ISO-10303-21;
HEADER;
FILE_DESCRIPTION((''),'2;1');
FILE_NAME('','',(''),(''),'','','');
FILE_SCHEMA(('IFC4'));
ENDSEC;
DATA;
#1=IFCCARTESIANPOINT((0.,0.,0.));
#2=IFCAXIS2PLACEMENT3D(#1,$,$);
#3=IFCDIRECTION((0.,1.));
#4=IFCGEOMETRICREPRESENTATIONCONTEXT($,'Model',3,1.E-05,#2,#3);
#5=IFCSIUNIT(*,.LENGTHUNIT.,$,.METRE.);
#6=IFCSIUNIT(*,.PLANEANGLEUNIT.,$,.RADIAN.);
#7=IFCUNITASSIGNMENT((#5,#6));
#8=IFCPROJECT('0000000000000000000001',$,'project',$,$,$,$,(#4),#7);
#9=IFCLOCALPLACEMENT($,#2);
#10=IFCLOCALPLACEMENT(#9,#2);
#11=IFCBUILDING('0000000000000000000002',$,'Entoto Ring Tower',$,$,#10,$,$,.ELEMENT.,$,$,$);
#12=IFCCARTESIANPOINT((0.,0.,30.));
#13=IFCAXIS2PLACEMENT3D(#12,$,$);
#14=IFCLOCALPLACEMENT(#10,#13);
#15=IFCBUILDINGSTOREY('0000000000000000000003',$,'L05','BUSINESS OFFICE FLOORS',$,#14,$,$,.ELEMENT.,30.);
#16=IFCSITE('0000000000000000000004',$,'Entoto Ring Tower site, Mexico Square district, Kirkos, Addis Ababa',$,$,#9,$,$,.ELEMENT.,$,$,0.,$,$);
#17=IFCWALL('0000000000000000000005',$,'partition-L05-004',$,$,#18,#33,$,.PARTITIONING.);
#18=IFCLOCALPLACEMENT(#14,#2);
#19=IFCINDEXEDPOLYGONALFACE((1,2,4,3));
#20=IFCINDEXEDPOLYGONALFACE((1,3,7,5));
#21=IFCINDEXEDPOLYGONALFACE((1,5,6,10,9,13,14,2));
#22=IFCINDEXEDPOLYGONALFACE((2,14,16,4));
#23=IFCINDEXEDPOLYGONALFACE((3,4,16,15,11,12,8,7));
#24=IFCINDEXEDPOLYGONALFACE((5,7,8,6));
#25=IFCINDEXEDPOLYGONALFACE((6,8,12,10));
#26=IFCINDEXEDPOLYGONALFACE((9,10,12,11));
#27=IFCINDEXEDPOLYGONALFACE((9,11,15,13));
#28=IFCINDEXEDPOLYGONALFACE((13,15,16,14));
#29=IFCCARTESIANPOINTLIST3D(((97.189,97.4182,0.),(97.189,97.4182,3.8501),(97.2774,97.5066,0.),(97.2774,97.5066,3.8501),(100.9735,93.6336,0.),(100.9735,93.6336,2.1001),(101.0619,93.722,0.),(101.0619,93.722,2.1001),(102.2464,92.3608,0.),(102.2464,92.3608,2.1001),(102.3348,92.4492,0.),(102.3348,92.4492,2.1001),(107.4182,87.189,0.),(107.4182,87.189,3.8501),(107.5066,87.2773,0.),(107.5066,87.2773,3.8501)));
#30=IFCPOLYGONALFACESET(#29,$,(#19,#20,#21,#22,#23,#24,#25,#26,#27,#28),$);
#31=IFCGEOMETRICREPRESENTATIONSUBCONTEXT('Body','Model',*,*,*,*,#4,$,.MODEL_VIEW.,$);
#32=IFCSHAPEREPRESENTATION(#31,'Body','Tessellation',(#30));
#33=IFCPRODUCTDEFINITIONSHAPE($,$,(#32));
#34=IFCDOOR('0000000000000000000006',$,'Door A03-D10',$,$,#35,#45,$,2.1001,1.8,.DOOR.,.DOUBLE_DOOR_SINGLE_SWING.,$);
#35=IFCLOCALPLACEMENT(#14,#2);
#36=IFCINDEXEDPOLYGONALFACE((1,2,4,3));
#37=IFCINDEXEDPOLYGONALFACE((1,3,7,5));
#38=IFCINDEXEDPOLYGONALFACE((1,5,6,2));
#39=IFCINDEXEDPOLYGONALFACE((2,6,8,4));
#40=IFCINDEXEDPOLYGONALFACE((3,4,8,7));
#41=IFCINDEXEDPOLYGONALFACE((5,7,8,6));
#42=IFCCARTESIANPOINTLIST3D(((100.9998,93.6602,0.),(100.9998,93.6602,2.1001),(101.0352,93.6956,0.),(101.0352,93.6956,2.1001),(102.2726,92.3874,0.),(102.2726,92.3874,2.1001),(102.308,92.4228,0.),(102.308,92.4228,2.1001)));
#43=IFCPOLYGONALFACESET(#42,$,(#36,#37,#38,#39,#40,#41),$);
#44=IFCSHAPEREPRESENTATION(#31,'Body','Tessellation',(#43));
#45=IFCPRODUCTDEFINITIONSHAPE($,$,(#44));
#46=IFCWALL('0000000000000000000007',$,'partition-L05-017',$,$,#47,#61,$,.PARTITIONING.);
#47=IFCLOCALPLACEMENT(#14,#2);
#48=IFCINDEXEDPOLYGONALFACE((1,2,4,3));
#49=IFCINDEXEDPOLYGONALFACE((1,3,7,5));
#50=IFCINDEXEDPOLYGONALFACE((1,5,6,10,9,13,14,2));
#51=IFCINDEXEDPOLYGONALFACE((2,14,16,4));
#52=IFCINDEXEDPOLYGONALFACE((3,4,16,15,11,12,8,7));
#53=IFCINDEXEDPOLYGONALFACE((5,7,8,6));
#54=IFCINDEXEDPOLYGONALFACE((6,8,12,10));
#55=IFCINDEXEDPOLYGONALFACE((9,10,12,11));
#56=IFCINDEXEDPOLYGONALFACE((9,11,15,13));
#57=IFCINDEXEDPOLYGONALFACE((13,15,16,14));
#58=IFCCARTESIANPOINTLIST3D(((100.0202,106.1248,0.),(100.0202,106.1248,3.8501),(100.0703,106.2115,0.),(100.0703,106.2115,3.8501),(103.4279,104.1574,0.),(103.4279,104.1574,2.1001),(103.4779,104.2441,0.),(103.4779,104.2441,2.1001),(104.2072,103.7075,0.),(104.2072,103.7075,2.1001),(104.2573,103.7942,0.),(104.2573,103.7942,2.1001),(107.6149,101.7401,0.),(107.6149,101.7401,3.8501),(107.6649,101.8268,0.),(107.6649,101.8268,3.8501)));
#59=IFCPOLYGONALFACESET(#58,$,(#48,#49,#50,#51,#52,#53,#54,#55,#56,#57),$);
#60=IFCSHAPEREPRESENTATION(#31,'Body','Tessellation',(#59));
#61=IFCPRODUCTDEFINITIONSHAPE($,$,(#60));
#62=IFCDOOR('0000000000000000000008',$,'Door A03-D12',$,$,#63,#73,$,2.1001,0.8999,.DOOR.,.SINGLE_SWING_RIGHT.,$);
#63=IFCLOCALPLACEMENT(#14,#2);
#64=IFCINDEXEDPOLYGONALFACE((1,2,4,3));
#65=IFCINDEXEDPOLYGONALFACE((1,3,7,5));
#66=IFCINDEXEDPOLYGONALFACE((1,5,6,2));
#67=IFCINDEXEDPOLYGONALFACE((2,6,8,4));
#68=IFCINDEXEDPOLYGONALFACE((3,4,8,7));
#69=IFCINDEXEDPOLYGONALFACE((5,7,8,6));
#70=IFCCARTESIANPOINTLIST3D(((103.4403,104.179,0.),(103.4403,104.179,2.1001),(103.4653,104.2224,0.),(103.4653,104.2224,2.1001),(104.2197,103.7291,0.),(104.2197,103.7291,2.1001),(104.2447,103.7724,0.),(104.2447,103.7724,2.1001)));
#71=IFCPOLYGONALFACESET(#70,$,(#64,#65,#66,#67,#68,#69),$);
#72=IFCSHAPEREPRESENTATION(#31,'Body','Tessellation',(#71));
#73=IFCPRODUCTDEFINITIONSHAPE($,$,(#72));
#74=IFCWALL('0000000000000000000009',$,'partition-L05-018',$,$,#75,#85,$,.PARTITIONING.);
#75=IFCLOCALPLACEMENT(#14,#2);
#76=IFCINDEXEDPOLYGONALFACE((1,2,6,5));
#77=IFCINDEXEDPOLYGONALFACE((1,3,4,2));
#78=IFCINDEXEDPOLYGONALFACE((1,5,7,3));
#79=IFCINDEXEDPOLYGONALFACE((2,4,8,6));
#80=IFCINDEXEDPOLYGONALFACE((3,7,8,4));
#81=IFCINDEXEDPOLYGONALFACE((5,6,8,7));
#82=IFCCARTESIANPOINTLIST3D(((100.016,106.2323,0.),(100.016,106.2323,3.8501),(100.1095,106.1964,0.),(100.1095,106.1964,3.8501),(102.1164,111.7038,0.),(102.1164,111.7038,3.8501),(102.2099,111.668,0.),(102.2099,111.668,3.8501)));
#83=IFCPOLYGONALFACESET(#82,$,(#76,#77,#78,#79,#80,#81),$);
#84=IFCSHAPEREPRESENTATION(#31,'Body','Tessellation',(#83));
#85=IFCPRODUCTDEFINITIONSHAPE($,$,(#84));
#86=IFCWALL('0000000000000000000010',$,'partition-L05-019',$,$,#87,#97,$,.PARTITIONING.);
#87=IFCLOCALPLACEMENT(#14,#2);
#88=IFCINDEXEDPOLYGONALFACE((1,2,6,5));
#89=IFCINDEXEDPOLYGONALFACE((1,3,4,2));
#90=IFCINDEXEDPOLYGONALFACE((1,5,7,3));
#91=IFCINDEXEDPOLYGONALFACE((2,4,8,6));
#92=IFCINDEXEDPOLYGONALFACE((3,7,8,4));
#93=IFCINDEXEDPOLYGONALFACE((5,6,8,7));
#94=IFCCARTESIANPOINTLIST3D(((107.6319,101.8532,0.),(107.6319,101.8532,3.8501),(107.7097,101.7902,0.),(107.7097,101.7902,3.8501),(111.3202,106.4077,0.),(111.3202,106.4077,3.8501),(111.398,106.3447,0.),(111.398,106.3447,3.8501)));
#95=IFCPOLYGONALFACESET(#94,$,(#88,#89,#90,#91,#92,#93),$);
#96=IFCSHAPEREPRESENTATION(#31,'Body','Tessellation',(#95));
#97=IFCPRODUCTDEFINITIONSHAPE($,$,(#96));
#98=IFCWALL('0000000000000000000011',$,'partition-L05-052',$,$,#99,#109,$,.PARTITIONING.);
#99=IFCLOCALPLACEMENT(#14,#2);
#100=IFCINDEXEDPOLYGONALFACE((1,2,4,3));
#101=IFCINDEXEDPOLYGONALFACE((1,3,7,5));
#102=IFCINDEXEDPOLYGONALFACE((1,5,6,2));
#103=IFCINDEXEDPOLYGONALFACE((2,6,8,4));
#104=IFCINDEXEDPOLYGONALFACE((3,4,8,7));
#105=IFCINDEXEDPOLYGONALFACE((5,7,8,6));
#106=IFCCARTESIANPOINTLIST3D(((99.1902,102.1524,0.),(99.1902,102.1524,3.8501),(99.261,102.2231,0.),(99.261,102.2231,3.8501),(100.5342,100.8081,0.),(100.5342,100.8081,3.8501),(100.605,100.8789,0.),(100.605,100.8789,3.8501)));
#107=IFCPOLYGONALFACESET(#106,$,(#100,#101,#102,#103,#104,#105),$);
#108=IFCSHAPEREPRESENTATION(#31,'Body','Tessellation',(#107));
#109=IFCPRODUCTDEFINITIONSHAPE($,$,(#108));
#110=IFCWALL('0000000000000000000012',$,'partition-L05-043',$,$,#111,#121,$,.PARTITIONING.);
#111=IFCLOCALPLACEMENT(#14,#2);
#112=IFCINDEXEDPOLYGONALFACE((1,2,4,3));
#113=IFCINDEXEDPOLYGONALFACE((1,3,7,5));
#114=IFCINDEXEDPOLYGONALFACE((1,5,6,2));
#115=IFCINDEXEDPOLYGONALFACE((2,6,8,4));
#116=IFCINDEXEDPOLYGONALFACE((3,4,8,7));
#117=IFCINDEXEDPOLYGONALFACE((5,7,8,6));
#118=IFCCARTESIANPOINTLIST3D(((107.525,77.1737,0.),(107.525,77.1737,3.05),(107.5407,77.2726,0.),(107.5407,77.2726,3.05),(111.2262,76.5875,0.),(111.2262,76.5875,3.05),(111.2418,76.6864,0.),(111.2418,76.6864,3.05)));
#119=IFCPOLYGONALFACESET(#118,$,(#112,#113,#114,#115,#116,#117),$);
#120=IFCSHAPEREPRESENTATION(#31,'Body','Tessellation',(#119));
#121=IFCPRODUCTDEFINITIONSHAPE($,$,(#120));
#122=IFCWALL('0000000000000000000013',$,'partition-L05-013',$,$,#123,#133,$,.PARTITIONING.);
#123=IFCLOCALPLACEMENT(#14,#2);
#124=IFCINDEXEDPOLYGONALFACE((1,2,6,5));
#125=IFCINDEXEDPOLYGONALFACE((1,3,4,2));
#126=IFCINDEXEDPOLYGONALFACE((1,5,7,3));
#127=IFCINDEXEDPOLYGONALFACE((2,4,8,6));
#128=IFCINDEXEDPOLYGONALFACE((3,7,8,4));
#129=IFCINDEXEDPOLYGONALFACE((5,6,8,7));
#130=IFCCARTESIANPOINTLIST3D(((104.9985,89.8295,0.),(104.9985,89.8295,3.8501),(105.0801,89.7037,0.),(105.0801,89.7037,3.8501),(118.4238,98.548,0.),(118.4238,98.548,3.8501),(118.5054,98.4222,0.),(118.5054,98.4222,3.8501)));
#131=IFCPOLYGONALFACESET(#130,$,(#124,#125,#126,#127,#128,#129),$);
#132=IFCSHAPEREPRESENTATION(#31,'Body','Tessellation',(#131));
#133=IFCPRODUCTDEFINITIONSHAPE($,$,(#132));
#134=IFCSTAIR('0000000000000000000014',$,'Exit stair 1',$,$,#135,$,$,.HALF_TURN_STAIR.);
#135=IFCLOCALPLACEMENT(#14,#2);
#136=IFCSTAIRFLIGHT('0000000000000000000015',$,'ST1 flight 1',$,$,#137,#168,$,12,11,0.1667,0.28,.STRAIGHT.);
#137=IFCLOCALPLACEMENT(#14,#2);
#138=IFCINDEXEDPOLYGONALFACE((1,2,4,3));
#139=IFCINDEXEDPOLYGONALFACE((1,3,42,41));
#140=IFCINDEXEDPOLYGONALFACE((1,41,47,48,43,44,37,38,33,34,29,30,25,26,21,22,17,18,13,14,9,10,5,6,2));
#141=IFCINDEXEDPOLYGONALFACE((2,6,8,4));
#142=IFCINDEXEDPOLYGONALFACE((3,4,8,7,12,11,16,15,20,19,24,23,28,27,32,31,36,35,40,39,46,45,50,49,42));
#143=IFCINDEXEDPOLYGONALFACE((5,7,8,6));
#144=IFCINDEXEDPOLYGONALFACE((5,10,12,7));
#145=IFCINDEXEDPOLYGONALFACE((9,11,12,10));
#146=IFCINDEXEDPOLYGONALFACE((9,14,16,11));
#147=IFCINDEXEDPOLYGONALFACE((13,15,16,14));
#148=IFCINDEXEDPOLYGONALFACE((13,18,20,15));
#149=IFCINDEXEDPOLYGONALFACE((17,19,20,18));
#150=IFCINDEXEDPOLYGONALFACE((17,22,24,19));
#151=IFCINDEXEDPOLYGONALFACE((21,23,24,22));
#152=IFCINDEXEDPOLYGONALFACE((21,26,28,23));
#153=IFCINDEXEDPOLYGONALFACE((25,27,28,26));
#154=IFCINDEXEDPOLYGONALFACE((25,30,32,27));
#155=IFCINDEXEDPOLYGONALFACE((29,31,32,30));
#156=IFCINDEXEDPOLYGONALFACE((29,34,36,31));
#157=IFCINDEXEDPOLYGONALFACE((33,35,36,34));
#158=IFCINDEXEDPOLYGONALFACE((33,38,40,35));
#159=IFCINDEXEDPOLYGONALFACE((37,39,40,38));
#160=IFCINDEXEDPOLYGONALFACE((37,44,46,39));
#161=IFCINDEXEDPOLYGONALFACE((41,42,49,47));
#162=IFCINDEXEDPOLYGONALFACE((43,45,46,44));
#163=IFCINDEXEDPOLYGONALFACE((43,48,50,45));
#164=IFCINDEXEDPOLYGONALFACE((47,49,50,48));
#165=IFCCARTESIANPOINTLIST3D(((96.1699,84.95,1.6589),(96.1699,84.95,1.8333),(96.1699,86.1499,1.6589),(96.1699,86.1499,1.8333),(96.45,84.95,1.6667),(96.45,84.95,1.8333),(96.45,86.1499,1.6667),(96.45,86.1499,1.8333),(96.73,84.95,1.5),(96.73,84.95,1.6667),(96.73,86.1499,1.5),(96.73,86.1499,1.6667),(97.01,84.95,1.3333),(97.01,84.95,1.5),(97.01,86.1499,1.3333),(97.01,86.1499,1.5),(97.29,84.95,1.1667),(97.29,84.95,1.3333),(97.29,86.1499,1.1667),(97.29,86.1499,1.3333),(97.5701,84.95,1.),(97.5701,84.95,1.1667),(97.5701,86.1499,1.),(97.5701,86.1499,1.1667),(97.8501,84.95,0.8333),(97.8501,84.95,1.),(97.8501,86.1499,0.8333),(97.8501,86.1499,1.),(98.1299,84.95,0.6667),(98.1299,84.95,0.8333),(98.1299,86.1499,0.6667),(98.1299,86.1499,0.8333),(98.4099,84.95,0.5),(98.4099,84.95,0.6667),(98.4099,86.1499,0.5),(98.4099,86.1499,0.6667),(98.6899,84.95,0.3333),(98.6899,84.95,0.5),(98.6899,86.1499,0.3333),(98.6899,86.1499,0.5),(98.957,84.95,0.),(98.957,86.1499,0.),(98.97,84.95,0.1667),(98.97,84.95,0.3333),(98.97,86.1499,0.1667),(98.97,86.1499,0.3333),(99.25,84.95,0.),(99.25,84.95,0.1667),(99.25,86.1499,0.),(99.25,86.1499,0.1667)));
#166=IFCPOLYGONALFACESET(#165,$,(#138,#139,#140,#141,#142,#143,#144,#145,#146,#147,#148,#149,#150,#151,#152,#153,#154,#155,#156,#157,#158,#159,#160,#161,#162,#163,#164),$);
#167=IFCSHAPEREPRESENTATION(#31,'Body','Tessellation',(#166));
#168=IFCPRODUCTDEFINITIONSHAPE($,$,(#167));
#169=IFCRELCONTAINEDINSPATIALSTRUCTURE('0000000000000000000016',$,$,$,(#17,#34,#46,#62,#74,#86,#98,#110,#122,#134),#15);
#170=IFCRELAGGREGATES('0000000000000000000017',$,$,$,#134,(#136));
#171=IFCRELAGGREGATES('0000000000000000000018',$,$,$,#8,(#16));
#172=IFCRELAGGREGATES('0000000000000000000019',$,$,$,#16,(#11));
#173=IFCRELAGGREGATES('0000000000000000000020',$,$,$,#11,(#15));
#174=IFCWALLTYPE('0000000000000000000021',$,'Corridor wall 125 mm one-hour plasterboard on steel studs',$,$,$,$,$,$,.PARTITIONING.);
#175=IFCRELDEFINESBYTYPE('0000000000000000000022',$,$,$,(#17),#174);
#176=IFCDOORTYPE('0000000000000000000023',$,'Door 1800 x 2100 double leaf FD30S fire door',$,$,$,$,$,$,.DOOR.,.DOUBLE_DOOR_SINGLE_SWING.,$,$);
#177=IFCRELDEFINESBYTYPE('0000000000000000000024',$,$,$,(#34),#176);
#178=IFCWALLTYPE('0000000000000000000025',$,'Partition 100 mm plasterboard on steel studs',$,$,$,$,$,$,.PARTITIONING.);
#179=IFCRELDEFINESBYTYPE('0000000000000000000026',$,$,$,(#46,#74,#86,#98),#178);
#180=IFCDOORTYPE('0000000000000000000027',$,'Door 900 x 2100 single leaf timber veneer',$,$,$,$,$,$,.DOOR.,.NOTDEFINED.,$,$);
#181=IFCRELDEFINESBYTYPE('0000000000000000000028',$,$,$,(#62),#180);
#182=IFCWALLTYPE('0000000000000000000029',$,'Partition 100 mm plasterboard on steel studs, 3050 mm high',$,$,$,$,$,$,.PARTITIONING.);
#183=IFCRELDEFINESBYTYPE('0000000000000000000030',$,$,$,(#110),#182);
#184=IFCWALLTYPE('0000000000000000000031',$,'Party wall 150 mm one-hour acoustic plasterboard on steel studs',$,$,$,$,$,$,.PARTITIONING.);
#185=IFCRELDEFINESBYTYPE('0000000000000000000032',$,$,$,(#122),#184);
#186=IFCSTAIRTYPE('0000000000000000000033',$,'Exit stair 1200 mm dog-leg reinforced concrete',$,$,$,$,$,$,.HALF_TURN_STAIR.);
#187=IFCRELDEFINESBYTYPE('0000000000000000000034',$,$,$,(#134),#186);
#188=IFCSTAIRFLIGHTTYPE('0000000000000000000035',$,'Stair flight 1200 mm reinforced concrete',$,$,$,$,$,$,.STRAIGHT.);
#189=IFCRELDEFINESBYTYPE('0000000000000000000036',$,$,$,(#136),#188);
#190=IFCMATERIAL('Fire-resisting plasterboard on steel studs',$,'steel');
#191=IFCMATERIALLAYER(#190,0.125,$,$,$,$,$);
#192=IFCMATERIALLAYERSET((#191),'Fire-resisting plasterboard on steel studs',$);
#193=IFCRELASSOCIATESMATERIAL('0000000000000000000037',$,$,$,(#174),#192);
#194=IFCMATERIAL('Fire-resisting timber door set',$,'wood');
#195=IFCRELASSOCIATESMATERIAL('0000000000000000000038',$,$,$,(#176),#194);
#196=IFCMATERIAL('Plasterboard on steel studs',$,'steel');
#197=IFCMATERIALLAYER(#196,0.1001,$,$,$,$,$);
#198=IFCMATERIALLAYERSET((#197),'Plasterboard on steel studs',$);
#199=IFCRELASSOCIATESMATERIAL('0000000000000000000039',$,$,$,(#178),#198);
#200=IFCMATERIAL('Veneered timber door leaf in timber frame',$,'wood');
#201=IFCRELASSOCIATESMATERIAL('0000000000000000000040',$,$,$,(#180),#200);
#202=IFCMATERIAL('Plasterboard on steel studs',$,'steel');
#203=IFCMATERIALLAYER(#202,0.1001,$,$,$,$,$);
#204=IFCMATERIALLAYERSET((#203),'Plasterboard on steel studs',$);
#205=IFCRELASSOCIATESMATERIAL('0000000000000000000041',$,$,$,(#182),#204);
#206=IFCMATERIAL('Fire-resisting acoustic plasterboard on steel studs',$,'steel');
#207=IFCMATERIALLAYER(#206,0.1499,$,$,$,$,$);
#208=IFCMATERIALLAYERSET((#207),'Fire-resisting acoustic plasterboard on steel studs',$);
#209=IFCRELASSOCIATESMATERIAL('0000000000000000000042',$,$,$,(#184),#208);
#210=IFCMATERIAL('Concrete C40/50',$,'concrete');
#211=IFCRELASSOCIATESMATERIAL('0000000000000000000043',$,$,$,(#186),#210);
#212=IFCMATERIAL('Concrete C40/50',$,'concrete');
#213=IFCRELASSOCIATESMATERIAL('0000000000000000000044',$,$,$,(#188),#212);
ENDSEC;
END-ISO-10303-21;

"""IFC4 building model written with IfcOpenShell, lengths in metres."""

from ifc_helpers import new_model, si_unit, direction, frame, frame_2d, origin, place, context, subcontext, project, spatial, polyline, rectangle, outline, extrude, material, layer, layer_set, type_object, element, fill, aggregate, save


model = new_model("IFC4")

# Units and contexts
model_context = context("Model", 3, precision=1e-05, world=origin(), true_north=direction((0.0, 1.0)))
body_context = subcontext(model_context, "Body", "Model", "MODEL_VIEW")
ifc_project = project(units=[si_unit("LENGTHUNIT", "METRE"), si_unit("PLANEANGLEUNIT", "RADIAN")], contexts=[model_context])

# Site, building, storey
site_placement = place(None, origin())
site = spatial("IfcSite", under=ifc_project, at=site_placement, Name="Entoto Ring Tower site, Mexico Square district, Kirkos, Addis Ababa", CompositionType="ELEMENT", RefElevation=0.0)
building_placement = place(site_placement, origin())
building = spatial("IfcBuilding", under=site, at=building_placement, Name="Entoto Ring Tower", CompositionType="ELEMENT")
storey_placement = place(building_placement, frame((0.0, 0.0, 30.0)))
storey = spatial("IfcBuildingStorey", under=building, at=storey_placement, Name="L05", Description="BUSINESS OFFICE FLOORS", CompositionType="ELEMENT", Elevation=30.0)

# Walls, openings, doors
ifc_material_1 = material(Name="Fire-resisting plasterboard on steel studs", Category="steel")
ifc_layer_1 = layer(ifc_material_1, 0.125)
ifc_layer_set_1 = layer_set([ifc_layer_1], Name="Fire-resisting plasterboard on steel studs")
wall_type_1 = type_object("IfcWallType", Name="Corridor wall 125 mm one-hour plasterboard on steel studs", PredefinedType="PARTITIONING", material=ifc_layer_set_1)
wall_1_placement = place(storey_placement, frame((107.4624, 87.2332, 0.0), z_axis=(0.0, 0.0, 1.0), x_axis=(-0.707107, 0.707107, 0.0)))
wall_1 = element("IfcWall", 1, at=wall_1_placement, inside=storey, type_object=wall_type_1, Name="partition-L05-004", PredefinedType="PARTITIONING", context=body_context, shape_type="SweptSolid", body=[
    extrude(rectangle(XDim=14.4663, YDim=0.125, at=frame_2d((7.2332, 0.0))), origin(), (0.0, 0.0, 1.0), 3.8501),
])
opening_1_placement = place(wall_1_placement, frame((7.3142, 0.0, 0.0)))
opening_1 = element("IfcOpeningElement", 2, at=opening_1_placement, cuts=wall_1, PredefinedType="OPENING", context=body_context, shape_type="SweptSolid", body=[
    extrude(rectangle(XDim=1.8, YDim=2.1001, at=frame_2d((0.8999, 1.05))), frame((0.0, 0.0725, 0.0), z_axis=(0.0, -1.0, 0.0), x_axis=(1.0, 0.0, 0.0)), (0.0, 0.0, 1.0), 0.145),
])
ifc_material_2 = material(Name="Fire-resisting timber door set", Category="wood")
door_type_1 = type_object("IfcDoorType", Name="Door 1800 x 2100 double leaf FD30S fire door", OperationType="DOUBLE_DOOR_SINGLE_SWING", PredefinedType="DOOR", material=ifc_material_2)
door_1_placement = place(opening_1_placement, frame((1.8, 0.0, 0.0), z_axis=(0.0, 0.0, 1.0), x_axis=(-1.0, 0.0, 0.0)))
door_1 = element("IfcDoor", 3, at=door_1_placement, inside=storey, type_object=door_type_1, Name="Door A03-D10", OperationType="DOUBLE_DOOR_SINGLE_SWING", OverallHeight=2.1001, OverallWidth=1.8, PredefinedType="DOOR", context=body_context, shape_type="SweptSolid", body=[
    extrude(rectangle(XDim=1.8, YDim=2.1001, at=frame_2d((0.8999, 1.05))), frame((0.0, 0.0249, 0.0), z_axis=(0.0, -1.0, 0.0), x_axis=(1.0, 0.0, 0.0)), (0.0, 0.0, 1.0), 0.05),
])
fill(opening_1, door_1)
ifc_material_3 = material(Name="Plasterboard on steel studs", Category="steel")
ifc_layer_2 = layer(ifc_material_3, 0.1001)
ifc_layer_set_2 = layer_set([ifc_layer_2], Name="Plasterboard on steel studs")
wall_type_2 = type_object("IfcWallType", Name="Partition 100 mm plasterboard on steel studs", PredefinedType="PARTITIONING", material=ifc_layer_set_2)
wall_2_placement = place(storey_placement, frame((107.6399, 101.7834, 0.0), z_axis=(0.0, 0.0, 1.0), x_axis=(-0.866028, 0.499996, 0.0)))
wall_2 = element("IfcWall", 4, at=wall_2_placement, inside=storey, type_object=wall_type_2, Name="partition-L05-017", PredefinedType="PARTITIONING", context=body_context, shape_type="SweptSolid", body=[
    extrude(rectangle(XDim=8.7695, YDim=0.1001, at=frame_2d((4.3848, 0.0))), origin(), (0.0, 0.0, 1.0), 3.8501),
])
opening_2_placement = place(wall_2_placement, frame((3.9348, 0.0, 0.0)))
opening_2 = element("IfcOpeningElement", 5, at=opening_2_placement, cuts=wall_2, PredefinedType="OPENING", context=body_context, shape_type="SweptSolid", body=[
    extrude(rectangle(XDim=0.8999, YDim=2.1001, at=frame_2d((0.45, 1.05))), frame((0.0, 0.0601, 0.0), z_axis=(0.0, -1.0, 0.0), x_axis=(1.0, 0.0, 0.0)), (0.0, 0.0, 1.0), 0.1201),
])
ifc_material_4 = material(Name="Veneered timber door leaf in timber frame", Category="wood")
door_type_2 = type_object("IfcDoorType", Name="Door 900 x 2100 single leaf timber veneer", OperationType="NOTDEFINED", PredefinedType="DOOR", material=ifc_material_4)
door_2_placement = place(opening_2_placement, frame((0.8999, 0.0, 0.0), z_axis=(0.0, 0.0, 1.0), x_axis=(-1.0, 0.0, 0.0)))
door_2 = element("IfcDoor", 6, at=door_2_placement, inside=storey, type_object=door_type_2, Name="Door A03-D12", OperationType="SINGLE_SWING_RIGHT", OverallHeight=2.1001, OverallWidth=0.8999, PredefinedType="DOOR", context=body_context, shape_type="SweptSolid", body=[
    extrude(rectangle(XDim=0.8999, YDim=2.1001, at=frame_2d((0.45, 1.05))), frame((0.0, 0.0249, 0.0), z_axis=(0.0, -1.0, 0.0), x_axis=(1.0, 0.0, 0.0)), (0.0, 0.0, 1.0), 0.05),
])
fill(opening_2, door_2)

# Walls
wall_3_placement = place(storey_placement, frame((100.0627, 106.2144, 0.0), z_axis=(0.0, 0.0, 1.0), x_axis=(0.358376, 0.933577, 0.0)))
element("IfcWall", 7, at=wall_3_placement, inside=storey, type_object=wall_type_2, Name="partition-L05-018", PredefinedType="PARTITIONING", context=body_context, shape_type="SweptSolid", body=[
    extrude(rectangle(XDim=5.8608, YDim=0.1001, at=frame_2d((2.9304, 0.0))), origin(), (0.0, 0.0, 1.0), 3.8501),
])
wall_4_placement = place(storey_placement, frame((107.6709, 101.8218, 0.0), z_axis=(0.0, 0.0, 1.0), x_axis=(0.629332, 0.777136, 0.0)))
element("IfcWall", 8, at=wall_4_placement, inside=storey, type_object=wall_type_2, Name="partition-L05-019", PredefinedType="PARTITIONING", context=body_context, shape_type="SweptSolid", body=[
    extrude(rectangle(XDim=5.8606, YDim=0.1001, at=frame_2d((2.9302, 0.0))), origin(), (0.0, 0.0, 1.0), 3.8501),
])
wall_5_placement = place(storey_placement, frame((100.5696, 100.8435, 0.0), z_axis=(0.0, 0.0, 1.0), x_axis=(-0.707043, 0.707171, 0.0)))
element("IfcWall", 9, at=wall_5_placement, inside=storey, type_object=wall_type_2, Name="partition-L05-052", PredefinedType="PARTITIONING", context=body_context, shape_type="SweptSolid", body=[
    extrude(rectangle(XDim=1.9009, YDim=0.1001, at=frame_2d((0.9504, 0.0))), origin(), (0.0, 0.0, 1.0), 3.8501),
])
ifc_material_5 = material(Name="Plasterboard on steel studs", Category="steel")
ifc_layer_3 = layer(ifc_material_5, 0.1001)
ifc_layer_set_3 = layer_set([ifc_layer_3], Name="Plasterboard on steel studs")
wall_type_3 = type_object("IfcWallType", Name="Partition 100 mm plasterboard on steel studs, 3050 mm high", PredefinedType="PARTITIONING", material=ifc_layer_set_3)
wall_6_placement = place(storey_placement, frame((111.2339, 76.637, 0.0), z_axis=(0.0, 0.0, 1.0), x_axis=(-0.987689, 0.156428, 0.0)))
element("IfcWall", 10, at=wall_6_placement, inside=storey, type_object=wall_type_3, Name="partition-L05-043", PredefinedType="PARTITIONING", context=body_context, shape_type="SweptSolid", body=[
    extrude(rectangle(XDim=3.7473, YDim=0.1001, at=frame_2d((1.8735, 0.0))), origin(), (0.0, 0.0, 1.0), 3.05),
])
ifc_material_6 = material(Name="Fire-resisting acoustic plasterboard on steel studs", Category="steel")
ifc_layer_4 = layer(ifc_material_6, 0.1499)
ifc_layer_set_4 = layer_set([ifc_layer_4], Name="Fire-resisting acoustic plasterboard on steel studs")
wall_type_4 = type_object("IfcWallType", Name="Party wall 150 mm one-hour acoustic plasterboard on steel studs", PredefinedType="PARTITIONING", material=ifc_layer_set_4)
wall_7_placement = place(storey_placement, frame((105.0393, 89.7666, 0.0), z_axis=(0.0, 0.0, 1.0), x_axis=(0.83867, 0.54464, 0.0)))
element("IfcWall", 11, at=wall_7_placement, inside=storey, type_object=wall_type_4, Name="partition-L05-013", PredefinedType="PARTITIONING", context=body_context, shape_type="SweptSolid", body=[
    extrude(rectangle(XDim=16.0078, YDim=0.1499, at=frame_2d((8.0039, 0.0))), origin(), (0.0, 0.0, 1.0), 3.8501),
])

# Stair, stair flight
ifc_material_7 = material(Name="Concrete C40/50", Category="concrete")
stair_type = type_object("IfcStairType", Name="Exit stair 1200 mm dog-leg reinforced concrete", PredefinedType="HALF_TURN_STAIR", material=ifc_material_7)
stair_placement = place(storey_placement, origin())
stair = element("IfcStair", 12, at=stair_placement, inside=storey, type_object=stair_type, Name="Exit stair 1", PredefinedType="HALF_TURN_STAIR")
ifc_material_8 = material(Name="Concrete C40/50", Category="concrete")
stair_flight_type = type_object("IfcStairFlightType", Name="Stair flight 1200 mm reinforced concrete", PredefinedType="STRAIGHT", material=ifc_material_8)
stair_flight_placement = place(storey_placement, frame((99.25, 85.55, 0.0), z_axis=(0.0, 0.0, 1.0), x_axis=(-1.0, 0.0, 0.0)))
stair_flight = element("IfcStairFlight", 13, at=stair_flight_placement, type_object=stair_flight_type, Name="ST1 flight 1", NumberOfRisers=12, NumberOfTreads=11, PredefinedType="STRAIGHT", RiserHeight=0.1667, TreadLength=0.28, context=body_context, shape_type="SweptSolid", body=[
    extrude(outline(polyline([(0.0, 0.0), (0.0, 0.1667), (0.28, 0.1667), (0.28, 0.3333), (0.5601, 0.3333), (0.5601, 0.5), (0.8401, 0.5), (0.8401, 0.6667), (1.1201, 0.6667), (1.1201, 0.8333), (1.3999, 0.8333), (1.3999, 1.0), (1.6799, 1.0), (1.6799, 1.1667), (1.96, 1.1667), (1.96, 1.3333), (2.24, 1.3333), (2.24, 1.5), (2.52, 1.5), (2.52, 1.6667), (2.8, 1.6667), (2.8, 1.8333), (3.0801, 1.8333), (3.0801, 2.0), (3.0801, 1.6589), (0.293, 0.0), (0.0, 0.0)])), frame((0.0, 0.6001, 0.0), z_axis=(0.0, -1.0, 0.0), x_axis=(1.0, 0.0, 0.0)), (0.0, 0.0, 1.0), 1.2),
])
aggregate(stair, [stair_flight])

save(model, "model.ifc")
